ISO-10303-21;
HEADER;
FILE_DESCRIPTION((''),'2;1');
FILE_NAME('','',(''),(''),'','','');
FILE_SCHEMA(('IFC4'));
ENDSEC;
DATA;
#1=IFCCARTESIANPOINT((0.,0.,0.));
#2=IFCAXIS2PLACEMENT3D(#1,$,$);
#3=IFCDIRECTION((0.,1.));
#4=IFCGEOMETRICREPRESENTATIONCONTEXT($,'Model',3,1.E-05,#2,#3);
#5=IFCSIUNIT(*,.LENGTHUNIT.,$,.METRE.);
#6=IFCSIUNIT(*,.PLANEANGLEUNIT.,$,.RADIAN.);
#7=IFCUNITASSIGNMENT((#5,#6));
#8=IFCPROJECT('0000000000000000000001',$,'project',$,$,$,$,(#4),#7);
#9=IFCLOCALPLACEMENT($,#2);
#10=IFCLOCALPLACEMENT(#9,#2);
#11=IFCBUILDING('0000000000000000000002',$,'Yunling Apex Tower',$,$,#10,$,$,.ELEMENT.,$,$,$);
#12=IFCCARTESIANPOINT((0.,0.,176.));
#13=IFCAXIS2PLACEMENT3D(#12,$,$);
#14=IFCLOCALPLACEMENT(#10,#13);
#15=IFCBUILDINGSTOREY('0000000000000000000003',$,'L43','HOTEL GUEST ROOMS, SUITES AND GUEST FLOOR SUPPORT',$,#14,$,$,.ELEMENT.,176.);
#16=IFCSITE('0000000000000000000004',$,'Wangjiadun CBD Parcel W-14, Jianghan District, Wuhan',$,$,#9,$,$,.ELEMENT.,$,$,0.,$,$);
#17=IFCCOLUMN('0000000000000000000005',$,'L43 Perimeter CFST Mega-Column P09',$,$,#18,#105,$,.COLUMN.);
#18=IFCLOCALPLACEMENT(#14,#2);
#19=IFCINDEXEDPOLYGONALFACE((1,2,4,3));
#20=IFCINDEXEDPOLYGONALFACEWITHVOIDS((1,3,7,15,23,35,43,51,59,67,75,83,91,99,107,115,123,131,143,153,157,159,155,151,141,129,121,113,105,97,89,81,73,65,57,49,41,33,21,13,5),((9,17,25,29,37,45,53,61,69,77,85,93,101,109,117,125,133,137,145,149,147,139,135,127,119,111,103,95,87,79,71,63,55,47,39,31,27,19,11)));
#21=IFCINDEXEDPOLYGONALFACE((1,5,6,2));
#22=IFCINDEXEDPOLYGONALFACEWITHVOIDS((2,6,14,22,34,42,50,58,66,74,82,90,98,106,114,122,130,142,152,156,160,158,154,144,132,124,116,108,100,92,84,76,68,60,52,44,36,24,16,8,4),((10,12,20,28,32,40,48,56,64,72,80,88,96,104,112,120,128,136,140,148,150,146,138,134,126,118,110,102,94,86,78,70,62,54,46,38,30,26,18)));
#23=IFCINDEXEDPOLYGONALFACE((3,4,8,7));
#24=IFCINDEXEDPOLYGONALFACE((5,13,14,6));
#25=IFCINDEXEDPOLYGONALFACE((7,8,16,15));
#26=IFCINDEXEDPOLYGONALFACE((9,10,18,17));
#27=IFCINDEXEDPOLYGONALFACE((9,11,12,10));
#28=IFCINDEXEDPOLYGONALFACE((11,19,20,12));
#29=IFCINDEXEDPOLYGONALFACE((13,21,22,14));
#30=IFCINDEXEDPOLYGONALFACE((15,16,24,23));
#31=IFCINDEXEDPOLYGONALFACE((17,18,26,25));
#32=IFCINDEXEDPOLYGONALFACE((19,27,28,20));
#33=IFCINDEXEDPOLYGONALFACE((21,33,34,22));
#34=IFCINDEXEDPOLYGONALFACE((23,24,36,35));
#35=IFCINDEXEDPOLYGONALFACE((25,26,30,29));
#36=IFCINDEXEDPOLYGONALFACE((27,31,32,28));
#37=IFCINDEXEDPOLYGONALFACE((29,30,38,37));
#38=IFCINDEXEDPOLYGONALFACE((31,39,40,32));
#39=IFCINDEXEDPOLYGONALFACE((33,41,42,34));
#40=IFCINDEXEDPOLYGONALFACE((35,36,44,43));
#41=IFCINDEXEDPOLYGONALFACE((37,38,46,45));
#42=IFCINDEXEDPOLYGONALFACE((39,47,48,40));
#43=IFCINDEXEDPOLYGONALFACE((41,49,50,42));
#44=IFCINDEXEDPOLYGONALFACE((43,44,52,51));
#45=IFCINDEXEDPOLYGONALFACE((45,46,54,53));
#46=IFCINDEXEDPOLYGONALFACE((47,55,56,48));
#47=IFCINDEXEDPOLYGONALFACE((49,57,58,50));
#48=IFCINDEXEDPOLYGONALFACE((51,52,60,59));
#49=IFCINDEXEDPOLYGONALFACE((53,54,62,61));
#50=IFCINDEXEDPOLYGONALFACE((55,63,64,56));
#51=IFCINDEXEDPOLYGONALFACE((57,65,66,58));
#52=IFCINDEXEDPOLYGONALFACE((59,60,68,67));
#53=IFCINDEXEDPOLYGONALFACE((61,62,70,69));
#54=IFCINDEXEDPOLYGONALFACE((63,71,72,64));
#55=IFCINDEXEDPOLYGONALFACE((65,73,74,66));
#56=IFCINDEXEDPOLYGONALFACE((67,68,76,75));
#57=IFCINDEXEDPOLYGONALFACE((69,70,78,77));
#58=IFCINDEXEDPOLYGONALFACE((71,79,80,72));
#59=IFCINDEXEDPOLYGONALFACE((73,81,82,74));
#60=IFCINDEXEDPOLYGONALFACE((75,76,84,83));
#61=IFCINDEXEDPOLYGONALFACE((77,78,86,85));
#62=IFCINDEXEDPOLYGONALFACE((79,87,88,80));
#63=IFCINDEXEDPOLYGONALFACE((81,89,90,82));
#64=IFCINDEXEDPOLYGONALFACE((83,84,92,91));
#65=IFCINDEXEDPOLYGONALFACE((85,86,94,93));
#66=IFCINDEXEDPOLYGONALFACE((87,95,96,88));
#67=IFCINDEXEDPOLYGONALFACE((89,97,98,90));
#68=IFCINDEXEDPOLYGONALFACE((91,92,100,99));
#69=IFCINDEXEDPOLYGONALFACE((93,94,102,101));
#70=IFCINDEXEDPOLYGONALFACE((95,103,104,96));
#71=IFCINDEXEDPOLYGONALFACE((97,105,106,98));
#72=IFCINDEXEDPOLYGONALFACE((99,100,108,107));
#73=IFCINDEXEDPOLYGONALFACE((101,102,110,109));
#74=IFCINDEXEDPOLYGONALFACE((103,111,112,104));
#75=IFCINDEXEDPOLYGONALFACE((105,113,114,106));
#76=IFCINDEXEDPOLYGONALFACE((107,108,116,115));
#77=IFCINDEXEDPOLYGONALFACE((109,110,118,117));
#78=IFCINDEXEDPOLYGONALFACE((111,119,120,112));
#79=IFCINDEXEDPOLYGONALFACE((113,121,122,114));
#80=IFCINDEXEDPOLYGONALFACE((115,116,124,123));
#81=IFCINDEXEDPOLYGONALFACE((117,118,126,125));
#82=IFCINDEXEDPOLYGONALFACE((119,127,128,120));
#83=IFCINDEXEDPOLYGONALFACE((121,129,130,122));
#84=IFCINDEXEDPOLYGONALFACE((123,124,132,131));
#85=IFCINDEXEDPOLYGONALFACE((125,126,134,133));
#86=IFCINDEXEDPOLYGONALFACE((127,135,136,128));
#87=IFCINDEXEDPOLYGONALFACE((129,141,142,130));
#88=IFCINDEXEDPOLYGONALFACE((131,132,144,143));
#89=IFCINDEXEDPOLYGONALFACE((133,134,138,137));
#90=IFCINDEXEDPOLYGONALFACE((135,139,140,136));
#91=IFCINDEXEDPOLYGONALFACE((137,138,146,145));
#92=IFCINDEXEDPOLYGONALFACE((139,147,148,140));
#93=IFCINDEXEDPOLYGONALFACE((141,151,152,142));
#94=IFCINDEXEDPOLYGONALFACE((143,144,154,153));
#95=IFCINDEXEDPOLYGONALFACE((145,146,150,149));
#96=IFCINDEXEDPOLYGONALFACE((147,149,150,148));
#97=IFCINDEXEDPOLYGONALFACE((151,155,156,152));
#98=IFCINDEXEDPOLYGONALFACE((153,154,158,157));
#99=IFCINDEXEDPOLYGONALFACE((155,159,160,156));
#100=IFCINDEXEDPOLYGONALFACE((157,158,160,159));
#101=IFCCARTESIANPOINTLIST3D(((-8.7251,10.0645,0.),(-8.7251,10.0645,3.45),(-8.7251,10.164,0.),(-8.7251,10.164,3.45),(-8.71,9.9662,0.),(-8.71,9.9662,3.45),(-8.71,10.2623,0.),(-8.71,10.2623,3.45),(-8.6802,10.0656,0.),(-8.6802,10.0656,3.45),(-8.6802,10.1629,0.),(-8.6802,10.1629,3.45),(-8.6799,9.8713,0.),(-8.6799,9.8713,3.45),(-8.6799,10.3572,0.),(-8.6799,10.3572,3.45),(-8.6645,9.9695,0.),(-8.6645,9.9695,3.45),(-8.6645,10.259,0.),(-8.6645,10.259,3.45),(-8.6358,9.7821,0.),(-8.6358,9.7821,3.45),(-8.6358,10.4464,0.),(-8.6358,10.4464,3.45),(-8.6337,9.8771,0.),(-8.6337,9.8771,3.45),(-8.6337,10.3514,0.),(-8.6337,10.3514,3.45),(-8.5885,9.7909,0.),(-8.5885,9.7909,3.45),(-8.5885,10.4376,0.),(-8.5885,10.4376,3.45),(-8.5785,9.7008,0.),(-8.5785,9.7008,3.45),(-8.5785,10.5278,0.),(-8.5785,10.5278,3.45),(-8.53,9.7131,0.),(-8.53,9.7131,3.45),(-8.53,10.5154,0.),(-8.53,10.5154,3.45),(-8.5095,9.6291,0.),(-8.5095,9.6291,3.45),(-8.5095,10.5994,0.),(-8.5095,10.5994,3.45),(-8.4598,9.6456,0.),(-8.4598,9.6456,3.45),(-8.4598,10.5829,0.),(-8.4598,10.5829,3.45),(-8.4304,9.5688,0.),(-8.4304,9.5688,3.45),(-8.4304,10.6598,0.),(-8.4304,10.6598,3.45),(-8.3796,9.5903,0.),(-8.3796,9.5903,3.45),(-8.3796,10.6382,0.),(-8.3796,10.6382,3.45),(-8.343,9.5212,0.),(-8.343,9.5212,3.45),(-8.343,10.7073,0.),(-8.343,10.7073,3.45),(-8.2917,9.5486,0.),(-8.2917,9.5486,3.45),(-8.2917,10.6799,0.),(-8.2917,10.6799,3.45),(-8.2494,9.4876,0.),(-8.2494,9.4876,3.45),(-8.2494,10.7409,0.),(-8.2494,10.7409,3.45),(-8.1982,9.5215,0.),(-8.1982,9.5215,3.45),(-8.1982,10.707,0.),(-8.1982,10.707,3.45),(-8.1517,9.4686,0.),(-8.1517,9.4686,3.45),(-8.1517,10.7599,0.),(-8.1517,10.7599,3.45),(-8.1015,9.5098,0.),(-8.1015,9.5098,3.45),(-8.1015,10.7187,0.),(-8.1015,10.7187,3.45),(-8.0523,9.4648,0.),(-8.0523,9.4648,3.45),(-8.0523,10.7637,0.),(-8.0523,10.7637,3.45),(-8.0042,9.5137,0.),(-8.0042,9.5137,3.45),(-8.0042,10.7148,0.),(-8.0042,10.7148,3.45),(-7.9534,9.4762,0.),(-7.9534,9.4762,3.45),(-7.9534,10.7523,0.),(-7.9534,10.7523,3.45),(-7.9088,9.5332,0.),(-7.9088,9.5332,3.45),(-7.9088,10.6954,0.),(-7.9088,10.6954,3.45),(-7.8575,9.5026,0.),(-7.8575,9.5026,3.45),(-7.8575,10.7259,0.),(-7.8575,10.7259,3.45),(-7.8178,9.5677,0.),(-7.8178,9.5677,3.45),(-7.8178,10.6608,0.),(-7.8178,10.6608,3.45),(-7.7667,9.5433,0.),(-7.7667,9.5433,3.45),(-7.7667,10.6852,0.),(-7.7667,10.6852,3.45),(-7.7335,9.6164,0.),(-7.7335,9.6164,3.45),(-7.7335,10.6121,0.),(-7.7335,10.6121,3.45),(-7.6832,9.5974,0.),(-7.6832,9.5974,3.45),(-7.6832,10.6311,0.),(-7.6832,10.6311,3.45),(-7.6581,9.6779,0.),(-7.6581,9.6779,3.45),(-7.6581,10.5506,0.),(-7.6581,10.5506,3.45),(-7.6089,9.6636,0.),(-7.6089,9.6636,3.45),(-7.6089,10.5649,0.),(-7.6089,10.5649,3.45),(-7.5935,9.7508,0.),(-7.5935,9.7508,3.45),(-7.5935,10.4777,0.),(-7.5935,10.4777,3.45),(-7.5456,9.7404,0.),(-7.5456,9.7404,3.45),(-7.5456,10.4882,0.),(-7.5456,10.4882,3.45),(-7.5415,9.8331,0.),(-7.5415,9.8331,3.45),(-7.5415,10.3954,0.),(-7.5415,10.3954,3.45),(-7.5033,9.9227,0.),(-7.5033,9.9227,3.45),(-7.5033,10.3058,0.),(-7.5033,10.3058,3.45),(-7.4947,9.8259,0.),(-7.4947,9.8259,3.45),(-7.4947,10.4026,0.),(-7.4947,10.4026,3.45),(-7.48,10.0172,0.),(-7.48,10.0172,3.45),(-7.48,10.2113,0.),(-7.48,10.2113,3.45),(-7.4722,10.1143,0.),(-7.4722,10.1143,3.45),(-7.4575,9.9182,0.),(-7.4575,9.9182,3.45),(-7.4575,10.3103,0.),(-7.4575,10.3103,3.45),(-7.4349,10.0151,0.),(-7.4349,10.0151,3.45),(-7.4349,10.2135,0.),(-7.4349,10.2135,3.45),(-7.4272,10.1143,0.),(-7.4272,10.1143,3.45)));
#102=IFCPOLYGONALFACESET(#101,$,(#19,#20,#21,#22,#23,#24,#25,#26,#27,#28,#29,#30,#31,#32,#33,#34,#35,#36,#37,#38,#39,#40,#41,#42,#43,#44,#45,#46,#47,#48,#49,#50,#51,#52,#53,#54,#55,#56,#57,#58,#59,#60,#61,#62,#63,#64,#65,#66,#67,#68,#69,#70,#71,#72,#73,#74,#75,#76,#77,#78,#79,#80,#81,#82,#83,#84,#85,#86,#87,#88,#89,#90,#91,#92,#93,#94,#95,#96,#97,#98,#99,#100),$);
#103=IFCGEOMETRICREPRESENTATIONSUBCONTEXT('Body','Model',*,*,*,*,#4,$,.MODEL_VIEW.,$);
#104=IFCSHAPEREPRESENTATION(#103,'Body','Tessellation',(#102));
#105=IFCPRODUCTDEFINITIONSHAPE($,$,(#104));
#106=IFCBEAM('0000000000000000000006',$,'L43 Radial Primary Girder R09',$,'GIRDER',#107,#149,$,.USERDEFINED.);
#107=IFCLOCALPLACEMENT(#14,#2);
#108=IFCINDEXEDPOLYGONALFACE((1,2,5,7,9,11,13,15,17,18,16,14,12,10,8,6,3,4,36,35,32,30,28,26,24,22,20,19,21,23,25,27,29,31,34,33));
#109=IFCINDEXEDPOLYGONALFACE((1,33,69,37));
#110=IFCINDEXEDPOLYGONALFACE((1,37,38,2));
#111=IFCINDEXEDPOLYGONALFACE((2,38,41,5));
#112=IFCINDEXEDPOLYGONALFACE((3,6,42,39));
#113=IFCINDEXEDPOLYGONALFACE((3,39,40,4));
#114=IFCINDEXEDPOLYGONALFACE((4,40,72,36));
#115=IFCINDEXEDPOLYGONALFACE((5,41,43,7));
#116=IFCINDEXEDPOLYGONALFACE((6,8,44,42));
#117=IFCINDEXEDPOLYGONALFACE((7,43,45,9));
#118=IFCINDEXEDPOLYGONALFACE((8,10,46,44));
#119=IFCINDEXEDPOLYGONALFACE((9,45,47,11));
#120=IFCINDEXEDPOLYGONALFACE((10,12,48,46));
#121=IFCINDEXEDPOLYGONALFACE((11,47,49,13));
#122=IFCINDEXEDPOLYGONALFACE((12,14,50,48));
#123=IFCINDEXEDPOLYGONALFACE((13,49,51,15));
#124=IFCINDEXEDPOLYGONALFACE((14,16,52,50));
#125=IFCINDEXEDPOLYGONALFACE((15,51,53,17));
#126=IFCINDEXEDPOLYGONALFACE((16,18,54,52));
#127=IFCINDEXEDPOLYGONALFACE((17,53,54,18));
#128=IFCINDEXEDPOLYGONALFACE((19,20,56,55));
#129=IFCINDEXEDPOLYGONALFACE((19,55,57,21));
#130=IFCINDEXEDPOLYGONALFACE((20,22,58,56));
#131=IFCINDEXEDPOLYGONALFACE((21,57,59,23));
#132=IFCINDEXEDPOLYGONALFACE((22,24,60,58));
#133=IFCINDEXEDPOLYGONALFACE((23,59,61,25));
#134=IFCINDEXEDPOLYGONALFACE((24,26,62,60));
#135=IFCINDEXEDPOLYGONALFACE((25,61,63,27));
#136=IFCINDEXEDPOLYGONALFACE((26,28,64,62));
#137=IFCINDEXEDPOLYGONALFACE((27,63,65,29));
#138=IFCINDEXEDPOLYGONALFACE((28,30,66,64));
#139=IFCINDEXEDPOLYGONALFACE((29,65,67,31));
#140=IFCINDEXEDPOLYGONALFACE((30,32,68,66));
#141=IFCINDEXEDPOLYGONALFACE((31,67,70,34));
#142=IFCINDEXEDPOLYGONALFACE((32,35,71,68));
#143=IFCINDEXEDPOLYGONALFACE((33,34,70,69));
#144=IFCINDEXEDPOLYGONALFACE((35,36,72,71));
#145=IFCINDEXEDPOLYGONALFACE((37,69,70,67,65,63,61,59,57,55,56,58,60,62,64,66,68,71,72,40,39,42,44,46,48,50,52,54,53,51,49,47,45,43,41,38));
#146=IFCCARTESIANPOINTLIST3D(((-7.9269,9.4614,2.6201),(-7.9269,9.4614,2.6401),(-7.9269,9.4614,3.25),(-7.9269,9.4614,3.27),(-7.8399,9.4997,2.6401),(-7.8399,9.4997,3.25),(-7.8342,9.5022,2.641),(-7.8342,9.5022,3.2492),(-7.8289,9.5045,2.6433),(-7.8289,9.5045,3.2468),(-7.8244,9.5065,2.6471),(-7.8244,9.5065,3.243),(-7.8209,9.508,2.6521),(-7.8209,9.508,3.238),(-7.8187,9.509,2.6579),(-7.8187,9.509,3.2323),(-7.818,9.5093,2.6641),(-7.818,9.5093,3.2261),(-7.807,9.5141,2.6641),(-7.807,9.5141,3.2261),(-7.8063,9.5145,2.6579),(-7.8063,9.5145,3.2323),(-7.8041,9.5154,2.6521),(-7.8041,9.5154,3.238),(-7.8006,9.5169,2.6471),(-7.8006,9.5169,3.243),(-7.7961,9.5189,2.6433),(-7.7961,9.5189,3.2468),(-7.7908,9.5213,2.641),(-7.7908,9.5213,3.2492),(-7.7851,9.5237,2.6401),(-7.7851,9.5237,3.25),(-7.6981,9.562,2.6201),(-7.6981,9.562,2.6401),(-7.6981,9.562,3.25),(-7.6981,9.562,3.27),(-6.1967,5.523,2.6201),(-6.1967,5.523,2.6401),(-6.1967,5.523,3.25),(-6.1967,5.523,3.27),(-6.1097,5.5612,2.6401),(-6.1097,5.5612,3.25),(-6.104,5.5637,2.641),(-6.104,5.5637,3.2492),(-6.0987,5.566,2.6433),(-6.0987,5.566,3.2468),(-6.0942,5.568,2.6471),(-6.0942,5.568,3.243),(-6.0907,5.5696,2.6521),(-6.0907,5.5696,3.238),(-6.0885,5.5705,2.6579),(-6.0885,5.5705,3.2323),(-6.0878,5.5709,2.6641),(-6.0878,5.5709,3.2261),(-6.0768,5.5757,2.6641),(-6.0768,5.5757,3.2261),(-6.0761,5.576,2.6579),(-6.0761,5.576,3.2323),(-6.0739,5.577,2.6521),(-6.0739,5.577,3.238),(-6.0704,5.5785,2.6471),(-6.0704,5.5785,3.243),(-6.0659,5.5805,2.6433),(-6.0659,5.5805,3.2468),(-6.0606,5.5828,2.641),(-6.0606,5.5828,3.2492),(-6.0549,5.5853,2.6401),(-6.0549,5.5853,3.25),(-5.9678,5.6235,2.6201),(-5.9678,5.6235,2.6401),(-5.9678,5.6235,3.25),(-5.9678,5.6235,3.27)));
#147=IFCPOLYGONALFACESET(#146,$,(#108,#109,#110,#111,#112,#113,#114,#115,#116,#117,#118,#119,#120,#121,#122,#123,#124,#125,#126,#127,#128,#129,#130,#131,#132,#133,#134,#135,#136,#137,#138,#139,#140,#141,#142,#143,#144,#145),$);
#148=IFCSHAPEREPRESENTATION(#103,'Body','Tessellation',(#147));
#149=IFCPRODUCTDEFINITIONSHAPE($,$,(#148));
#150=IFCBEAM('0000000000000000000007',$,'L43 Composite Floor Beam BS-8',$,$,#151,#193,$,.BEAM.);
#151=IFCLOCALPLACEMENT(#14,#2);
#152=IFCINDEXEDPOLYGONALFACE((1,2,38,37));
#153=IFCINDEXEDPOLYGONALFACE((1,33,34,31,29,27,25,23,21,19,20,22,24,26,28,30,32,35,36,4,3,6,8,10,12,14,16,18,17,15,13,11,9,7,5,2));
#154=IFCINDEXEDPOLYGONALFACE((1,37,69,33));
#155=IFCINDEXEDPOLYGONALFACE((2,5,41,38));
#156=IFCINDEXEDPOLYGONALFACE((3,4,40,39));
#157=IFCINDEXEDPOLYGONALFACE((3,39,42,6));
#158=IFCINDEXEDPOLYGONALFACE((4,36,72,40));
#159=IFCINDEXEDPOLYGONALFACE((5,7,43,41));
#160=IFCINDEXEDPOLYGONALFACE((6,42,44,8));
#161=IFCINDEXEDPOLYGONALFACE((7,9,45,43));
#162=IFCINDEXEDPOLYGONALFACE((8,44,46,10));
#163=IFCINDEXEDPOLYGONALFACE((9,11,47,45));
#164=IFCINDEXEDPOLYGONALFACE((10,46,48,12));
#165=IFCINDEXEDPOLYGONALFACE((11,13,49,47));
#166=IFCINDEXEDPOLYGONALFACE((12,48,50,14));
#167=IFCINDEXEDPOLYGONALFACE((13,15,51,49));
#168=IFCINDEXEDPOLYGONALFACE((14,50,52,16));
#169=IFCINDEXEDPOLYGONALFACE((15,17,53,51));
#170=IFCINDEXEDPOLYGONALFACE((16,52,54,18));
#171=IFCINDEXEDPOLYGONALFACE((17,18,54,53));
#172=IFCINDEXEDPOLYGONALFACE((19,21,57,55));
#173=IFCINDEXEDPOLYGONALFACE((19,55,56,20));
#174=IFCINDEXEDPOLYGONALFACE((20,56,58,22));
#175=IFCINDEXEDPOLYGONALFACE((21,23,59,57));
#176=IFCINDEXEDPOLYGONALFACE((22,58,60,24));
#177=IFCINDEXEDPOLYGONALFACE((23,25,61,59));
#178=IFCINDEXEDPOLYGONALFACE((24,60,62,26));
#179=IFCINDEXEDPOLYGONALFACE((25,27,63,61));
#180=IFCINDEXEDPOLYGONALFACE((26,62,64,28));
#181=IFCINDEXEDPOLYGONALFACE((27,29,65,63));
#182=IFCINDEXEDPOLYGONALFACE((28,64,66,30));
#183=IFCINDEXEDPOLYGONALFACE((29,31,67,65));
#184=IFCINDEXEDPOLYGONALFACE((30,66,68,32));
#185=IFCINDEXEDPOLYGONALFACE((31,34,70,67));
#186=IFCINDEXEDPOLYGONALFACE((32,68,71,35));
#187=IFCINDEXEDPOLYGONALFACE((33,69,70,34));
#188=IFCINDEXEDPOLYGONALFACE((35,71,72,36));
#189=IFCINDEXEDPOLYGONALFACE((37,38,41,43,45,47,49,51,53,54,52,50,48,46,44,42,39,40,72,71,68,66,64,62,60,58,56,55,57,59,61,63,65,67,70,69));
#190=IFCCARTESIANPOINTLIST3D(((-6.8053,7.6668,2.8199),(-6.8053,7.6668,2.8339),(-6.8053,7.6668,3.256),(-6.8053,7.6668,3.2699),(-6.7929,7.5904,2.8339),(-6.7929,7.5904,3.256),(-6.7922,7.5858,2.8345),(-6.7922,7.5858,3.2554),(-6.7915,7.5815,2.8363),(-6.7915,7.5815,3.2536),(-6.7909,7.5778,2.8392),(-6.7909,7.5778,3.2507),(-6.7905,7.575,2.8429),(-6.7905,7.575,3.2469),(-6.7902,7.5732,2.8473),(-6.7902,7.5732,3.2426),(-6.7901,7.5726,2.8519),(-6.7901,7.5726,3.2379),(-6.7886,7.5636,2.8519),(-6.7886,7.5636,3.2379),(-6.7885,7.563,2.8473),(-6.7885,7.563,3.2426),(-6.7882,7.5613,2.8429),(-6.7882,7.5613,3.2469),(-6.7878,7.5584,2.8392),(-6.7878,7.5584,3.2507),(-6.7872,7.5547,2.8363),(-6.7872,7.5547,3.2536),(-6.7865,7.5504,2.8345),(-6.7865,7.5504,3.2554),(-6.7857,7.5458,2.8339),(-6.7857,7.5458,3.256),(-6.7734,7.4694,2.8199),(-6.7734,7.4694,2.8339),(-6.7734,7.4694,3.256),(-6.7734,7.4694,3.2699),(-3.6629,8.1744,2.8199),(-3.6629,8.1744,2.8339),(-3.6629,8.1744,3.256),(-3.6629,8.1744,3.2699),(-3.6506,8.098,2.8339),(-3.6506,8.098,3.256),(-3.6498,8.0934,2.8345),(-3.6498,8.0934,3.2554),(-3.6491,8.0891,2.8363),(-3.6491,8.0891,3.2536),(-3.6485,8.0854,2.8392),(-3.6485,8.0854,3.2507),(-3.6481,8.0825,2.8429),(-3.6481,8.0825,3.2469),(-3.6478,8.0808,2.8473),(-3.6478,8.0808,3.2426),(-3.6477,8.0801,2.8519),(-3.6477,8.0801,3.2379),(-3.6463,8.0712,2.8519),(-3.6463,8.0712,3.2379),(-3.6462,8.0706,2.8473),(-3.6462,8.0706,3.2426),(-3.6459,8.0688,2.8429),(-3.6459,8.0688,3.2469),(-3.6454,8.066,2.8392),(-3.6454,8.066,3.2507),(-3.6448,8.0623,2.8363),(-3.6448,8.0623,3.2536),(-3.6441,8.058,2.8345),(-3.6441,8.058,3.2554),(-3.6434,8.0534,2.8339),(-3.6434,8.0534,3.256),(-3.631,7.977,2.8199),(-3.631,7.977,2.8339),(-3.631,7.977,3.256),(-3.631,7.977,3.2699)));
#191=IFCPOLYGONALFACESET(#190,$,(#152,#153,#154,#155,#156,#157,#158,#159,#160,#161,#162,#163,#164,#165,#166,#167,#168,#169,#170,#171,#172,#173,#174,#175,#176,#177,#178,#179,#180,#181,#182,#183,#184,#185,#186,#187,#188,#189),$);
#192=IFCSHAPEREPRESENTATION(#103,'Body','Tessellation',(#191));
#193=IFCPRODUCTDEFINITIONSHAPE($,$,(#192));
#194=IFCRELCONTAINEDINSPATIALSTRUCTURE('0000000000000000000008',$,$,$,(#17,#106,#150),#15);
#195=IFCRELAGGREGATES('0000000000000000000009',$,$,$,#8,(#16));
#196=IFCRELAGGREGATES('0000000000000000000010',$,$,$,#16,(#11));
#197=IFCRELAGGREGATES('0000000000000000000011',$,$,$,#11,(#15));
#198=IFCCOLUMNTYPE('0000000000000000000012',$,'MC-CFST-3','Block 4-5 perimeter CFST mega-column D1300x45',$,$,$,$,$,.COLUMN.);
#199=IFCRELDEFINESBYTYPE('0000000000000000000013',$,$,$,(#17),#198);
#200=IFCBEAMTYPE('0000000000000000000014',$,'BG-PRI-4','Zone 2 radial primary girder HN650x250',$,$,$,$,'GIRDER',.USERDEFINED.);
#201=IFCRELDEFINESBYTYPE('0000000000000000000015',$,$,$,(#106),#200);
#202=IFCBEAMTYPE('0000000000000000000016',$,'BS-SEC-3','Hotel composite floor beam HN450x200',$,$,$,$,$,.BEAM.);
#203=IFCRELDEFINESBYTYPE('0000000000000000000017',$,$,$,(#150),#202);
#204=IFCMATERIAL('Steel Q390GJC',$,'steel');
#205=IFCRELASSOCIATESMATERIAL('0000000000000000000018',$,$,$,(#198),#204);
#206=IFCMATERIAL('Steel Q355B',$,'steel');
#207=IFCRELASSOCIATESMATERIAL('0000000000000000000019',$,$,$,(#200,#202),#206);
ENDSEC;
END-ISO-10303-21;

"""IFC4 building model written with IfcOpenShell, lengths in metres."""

from ifc_helpers import new_model, si_unit, direction, frame, origin, origin_2d, place, context, subcontext, project, spatial, hollow_circle, i_section, extrude, source, transform, mapped, material, material_profile, profile_set, type_object, element, save


model = new_model("IFC4")

# Units and contexts
model_context = context("Model", 3, precision=1e-05, world=origin(), true_north=direction((0.0, 1.0)))
body_context = subcontext(model_context, "Body", "Model", "MODEL_VIEW")
ifc_project = project(units=[si_unit("LENGTHUNIT", "METRE"), si_unit("PLANEANGLEUNIT", "RADIAN")], contexts=[model_context])

# Site, building, storey
site_placement = place(None, origin())
site = spatial("IfcSite", under=ifc_project, at=site_placement, Name="Wangjiadun CBD Parcel W-14, Jianghan District, Wuhan", CompositionType="ELEMENT", RefElevation=0.0)
building_placement = place(site_placement, origin())
building = spatial("IfcBuilding", under=site, at=building_placement, Name="Yunling Apex Tower", CompositionType="ELEMENT")
storey_placement = place(building_placement, frame((0.0, 0.0, 176.0)))
storey = spatial("IfcBuildingStorey", under=building, at=storey_placement, Name="L43", Description="HOTEL GUEST ROOMS, SUITES AND GUEST FLOOR SUPPORT", CompositionType="ELEMENT", Elevation=176.0)

# Column
ifc_material_1 = material(Name="Steel Q390GJC", Category="steel")
ifc_material_profile_1 = material_profile(ifc_material_1, hollow_circle(Radius=0.6499, WallThickness=0.0449, at=origin_2d()))
ifc_profile_set_1 = profile_set([ifc_material_profile_1], Name="Steel Q390GJC")
column_type = type_object("IfcColumnType", Name="MC-CFST-3", Description="Block 4-5 perimeter CFST mega-column D1300x45", PredefinedType="COLUMN", material=ifc_profile_set_1)
shared_shape_1 = source(origin(), body_context, "Body", "SweptSolid", [
    extrude(hollow_circle(Radius=0.6499, WallThickness=0.0449, at=origin_2d()), origin(), (0.0, 0.0, 1.0), 3.45),
])
column_placement = place(storey_placement, frame((-8.0771, 10.1143, 0.0), z_axis=(0.0, 0.0, 1.0), x_axis=(1.0, 0.0, 0.0)))
element("IfcColumn", 1, at=column_placement, inside=storey, type_object=column_type, Name="L43 Perimeter CFST Mega-Column P09", PredefinedType="COLUMN", context=body_context, shape_type="MappedRepresentation", body=[
    mapped(shared_shape_1, transform((0.0, 0.0, 0.0), scale=1.0)),
])

# Beams
ifc_material_2 = material(Name="Steel Q355B", Category="steel")
ifc_material_profile_2 = material_profile(ifc_material_2, i_section(OverallWidth=0.25, OverallDepth=0.6499, WebThickness=0.012, FlangeThickness=0.02, FilletRadius=0.0239, at=origin_2d()))
ifc_profile_set_2 = profile_set([ifc_material_profile_2], Name="Steel Q355B")
beam_type_1 = type_object("IfcBeamType", Name="BG-PRI-4", Description="Zone 2 radial primary girder HN650x250", ElementType="GIRDER", PredefinedType="USERDEFINED", material=ifc_profile_set_2)
shared_shape_2 = source(origin(), body_context, "Body", "SweptSolid", [
    extrude(i_section(OverallWidth=0.25, OverallDepth=0.6499, WebThickness=0.012, FlangeThickness=0.02, FilletRadius=0.0239, at=origin_2d()), origin(), (0.0, 0.0, 1.0), 4.3018),
])
beam_1_placement = place(storey_placement, frame((-7.8125, 9.5117, 2.9451), z_axis=(0.402212, -0.915547, 0.0), x_axis=(0.915547, 0.402212, 0.0)))
element("IfcBeam", 2, at=beam_1_placement, inside=storey, type_object=beam_type_1, Name="L43 Radial Primary Girder R09", ObjectType="GIRDER", PredefinedType="USERDEFINED", context=body_context, shape_type="MappedRepresentation", body=[
    mapped(shared_shape_2, transform((0.0, 0.0, 0.0), scale=1.0)),
])
ifc_material_profile_3 = material_profile(ifc_material_2, i_section(OverallWidth=0.2, OverallDepth=0.45, WebThickness=0.009, FlangeThickness=0.0139, FilletRadius=0.0181, at=origin_2d()))
ifc_profile_set_3 = profile_set([ifc_material_profile_3], Name="Steel Q355B")
beam_type_2 = type_object("IfcBeamType", Name="BS-SEC-3", Description="Hotel composite floor beam HN450x200", PredefinedType="BEAM", material=ifc_profile_set_3)
shared_shape_3 = source(origin(), body_context, "Body", "SweptSolid", [
    extrude(i_section(OverallWidth=0.2, OverallDepth=0.45, WebThickness=0.009, FlangeThickness=0.0139, FilletRadius=0.0181, at=origin_2d()), origin(), (0.0, 0.0, 1.0), 3.1831),
])
beam_2_placement = place(storey_placement, frame((-3.647, 8.0757, 3.0449), z_axis=(-0.987205, -0.159459, 0.0), x_axis=(0.159459, -0.987205, 0.0)))
element("IfcBeam", 3, at=beam_2_placement, inside=storey, type_object=beam_type_2, Name="L43 Composite Floor Beam BS-8", PredefinedType="BEAM", context=body_context, shape_type="MappedRepresentation", body=[
    mapped(shared_shape_3, transform((0.0, 0.0, 0.0), scale=1.0)),
])

save(model, "model.ifc")
